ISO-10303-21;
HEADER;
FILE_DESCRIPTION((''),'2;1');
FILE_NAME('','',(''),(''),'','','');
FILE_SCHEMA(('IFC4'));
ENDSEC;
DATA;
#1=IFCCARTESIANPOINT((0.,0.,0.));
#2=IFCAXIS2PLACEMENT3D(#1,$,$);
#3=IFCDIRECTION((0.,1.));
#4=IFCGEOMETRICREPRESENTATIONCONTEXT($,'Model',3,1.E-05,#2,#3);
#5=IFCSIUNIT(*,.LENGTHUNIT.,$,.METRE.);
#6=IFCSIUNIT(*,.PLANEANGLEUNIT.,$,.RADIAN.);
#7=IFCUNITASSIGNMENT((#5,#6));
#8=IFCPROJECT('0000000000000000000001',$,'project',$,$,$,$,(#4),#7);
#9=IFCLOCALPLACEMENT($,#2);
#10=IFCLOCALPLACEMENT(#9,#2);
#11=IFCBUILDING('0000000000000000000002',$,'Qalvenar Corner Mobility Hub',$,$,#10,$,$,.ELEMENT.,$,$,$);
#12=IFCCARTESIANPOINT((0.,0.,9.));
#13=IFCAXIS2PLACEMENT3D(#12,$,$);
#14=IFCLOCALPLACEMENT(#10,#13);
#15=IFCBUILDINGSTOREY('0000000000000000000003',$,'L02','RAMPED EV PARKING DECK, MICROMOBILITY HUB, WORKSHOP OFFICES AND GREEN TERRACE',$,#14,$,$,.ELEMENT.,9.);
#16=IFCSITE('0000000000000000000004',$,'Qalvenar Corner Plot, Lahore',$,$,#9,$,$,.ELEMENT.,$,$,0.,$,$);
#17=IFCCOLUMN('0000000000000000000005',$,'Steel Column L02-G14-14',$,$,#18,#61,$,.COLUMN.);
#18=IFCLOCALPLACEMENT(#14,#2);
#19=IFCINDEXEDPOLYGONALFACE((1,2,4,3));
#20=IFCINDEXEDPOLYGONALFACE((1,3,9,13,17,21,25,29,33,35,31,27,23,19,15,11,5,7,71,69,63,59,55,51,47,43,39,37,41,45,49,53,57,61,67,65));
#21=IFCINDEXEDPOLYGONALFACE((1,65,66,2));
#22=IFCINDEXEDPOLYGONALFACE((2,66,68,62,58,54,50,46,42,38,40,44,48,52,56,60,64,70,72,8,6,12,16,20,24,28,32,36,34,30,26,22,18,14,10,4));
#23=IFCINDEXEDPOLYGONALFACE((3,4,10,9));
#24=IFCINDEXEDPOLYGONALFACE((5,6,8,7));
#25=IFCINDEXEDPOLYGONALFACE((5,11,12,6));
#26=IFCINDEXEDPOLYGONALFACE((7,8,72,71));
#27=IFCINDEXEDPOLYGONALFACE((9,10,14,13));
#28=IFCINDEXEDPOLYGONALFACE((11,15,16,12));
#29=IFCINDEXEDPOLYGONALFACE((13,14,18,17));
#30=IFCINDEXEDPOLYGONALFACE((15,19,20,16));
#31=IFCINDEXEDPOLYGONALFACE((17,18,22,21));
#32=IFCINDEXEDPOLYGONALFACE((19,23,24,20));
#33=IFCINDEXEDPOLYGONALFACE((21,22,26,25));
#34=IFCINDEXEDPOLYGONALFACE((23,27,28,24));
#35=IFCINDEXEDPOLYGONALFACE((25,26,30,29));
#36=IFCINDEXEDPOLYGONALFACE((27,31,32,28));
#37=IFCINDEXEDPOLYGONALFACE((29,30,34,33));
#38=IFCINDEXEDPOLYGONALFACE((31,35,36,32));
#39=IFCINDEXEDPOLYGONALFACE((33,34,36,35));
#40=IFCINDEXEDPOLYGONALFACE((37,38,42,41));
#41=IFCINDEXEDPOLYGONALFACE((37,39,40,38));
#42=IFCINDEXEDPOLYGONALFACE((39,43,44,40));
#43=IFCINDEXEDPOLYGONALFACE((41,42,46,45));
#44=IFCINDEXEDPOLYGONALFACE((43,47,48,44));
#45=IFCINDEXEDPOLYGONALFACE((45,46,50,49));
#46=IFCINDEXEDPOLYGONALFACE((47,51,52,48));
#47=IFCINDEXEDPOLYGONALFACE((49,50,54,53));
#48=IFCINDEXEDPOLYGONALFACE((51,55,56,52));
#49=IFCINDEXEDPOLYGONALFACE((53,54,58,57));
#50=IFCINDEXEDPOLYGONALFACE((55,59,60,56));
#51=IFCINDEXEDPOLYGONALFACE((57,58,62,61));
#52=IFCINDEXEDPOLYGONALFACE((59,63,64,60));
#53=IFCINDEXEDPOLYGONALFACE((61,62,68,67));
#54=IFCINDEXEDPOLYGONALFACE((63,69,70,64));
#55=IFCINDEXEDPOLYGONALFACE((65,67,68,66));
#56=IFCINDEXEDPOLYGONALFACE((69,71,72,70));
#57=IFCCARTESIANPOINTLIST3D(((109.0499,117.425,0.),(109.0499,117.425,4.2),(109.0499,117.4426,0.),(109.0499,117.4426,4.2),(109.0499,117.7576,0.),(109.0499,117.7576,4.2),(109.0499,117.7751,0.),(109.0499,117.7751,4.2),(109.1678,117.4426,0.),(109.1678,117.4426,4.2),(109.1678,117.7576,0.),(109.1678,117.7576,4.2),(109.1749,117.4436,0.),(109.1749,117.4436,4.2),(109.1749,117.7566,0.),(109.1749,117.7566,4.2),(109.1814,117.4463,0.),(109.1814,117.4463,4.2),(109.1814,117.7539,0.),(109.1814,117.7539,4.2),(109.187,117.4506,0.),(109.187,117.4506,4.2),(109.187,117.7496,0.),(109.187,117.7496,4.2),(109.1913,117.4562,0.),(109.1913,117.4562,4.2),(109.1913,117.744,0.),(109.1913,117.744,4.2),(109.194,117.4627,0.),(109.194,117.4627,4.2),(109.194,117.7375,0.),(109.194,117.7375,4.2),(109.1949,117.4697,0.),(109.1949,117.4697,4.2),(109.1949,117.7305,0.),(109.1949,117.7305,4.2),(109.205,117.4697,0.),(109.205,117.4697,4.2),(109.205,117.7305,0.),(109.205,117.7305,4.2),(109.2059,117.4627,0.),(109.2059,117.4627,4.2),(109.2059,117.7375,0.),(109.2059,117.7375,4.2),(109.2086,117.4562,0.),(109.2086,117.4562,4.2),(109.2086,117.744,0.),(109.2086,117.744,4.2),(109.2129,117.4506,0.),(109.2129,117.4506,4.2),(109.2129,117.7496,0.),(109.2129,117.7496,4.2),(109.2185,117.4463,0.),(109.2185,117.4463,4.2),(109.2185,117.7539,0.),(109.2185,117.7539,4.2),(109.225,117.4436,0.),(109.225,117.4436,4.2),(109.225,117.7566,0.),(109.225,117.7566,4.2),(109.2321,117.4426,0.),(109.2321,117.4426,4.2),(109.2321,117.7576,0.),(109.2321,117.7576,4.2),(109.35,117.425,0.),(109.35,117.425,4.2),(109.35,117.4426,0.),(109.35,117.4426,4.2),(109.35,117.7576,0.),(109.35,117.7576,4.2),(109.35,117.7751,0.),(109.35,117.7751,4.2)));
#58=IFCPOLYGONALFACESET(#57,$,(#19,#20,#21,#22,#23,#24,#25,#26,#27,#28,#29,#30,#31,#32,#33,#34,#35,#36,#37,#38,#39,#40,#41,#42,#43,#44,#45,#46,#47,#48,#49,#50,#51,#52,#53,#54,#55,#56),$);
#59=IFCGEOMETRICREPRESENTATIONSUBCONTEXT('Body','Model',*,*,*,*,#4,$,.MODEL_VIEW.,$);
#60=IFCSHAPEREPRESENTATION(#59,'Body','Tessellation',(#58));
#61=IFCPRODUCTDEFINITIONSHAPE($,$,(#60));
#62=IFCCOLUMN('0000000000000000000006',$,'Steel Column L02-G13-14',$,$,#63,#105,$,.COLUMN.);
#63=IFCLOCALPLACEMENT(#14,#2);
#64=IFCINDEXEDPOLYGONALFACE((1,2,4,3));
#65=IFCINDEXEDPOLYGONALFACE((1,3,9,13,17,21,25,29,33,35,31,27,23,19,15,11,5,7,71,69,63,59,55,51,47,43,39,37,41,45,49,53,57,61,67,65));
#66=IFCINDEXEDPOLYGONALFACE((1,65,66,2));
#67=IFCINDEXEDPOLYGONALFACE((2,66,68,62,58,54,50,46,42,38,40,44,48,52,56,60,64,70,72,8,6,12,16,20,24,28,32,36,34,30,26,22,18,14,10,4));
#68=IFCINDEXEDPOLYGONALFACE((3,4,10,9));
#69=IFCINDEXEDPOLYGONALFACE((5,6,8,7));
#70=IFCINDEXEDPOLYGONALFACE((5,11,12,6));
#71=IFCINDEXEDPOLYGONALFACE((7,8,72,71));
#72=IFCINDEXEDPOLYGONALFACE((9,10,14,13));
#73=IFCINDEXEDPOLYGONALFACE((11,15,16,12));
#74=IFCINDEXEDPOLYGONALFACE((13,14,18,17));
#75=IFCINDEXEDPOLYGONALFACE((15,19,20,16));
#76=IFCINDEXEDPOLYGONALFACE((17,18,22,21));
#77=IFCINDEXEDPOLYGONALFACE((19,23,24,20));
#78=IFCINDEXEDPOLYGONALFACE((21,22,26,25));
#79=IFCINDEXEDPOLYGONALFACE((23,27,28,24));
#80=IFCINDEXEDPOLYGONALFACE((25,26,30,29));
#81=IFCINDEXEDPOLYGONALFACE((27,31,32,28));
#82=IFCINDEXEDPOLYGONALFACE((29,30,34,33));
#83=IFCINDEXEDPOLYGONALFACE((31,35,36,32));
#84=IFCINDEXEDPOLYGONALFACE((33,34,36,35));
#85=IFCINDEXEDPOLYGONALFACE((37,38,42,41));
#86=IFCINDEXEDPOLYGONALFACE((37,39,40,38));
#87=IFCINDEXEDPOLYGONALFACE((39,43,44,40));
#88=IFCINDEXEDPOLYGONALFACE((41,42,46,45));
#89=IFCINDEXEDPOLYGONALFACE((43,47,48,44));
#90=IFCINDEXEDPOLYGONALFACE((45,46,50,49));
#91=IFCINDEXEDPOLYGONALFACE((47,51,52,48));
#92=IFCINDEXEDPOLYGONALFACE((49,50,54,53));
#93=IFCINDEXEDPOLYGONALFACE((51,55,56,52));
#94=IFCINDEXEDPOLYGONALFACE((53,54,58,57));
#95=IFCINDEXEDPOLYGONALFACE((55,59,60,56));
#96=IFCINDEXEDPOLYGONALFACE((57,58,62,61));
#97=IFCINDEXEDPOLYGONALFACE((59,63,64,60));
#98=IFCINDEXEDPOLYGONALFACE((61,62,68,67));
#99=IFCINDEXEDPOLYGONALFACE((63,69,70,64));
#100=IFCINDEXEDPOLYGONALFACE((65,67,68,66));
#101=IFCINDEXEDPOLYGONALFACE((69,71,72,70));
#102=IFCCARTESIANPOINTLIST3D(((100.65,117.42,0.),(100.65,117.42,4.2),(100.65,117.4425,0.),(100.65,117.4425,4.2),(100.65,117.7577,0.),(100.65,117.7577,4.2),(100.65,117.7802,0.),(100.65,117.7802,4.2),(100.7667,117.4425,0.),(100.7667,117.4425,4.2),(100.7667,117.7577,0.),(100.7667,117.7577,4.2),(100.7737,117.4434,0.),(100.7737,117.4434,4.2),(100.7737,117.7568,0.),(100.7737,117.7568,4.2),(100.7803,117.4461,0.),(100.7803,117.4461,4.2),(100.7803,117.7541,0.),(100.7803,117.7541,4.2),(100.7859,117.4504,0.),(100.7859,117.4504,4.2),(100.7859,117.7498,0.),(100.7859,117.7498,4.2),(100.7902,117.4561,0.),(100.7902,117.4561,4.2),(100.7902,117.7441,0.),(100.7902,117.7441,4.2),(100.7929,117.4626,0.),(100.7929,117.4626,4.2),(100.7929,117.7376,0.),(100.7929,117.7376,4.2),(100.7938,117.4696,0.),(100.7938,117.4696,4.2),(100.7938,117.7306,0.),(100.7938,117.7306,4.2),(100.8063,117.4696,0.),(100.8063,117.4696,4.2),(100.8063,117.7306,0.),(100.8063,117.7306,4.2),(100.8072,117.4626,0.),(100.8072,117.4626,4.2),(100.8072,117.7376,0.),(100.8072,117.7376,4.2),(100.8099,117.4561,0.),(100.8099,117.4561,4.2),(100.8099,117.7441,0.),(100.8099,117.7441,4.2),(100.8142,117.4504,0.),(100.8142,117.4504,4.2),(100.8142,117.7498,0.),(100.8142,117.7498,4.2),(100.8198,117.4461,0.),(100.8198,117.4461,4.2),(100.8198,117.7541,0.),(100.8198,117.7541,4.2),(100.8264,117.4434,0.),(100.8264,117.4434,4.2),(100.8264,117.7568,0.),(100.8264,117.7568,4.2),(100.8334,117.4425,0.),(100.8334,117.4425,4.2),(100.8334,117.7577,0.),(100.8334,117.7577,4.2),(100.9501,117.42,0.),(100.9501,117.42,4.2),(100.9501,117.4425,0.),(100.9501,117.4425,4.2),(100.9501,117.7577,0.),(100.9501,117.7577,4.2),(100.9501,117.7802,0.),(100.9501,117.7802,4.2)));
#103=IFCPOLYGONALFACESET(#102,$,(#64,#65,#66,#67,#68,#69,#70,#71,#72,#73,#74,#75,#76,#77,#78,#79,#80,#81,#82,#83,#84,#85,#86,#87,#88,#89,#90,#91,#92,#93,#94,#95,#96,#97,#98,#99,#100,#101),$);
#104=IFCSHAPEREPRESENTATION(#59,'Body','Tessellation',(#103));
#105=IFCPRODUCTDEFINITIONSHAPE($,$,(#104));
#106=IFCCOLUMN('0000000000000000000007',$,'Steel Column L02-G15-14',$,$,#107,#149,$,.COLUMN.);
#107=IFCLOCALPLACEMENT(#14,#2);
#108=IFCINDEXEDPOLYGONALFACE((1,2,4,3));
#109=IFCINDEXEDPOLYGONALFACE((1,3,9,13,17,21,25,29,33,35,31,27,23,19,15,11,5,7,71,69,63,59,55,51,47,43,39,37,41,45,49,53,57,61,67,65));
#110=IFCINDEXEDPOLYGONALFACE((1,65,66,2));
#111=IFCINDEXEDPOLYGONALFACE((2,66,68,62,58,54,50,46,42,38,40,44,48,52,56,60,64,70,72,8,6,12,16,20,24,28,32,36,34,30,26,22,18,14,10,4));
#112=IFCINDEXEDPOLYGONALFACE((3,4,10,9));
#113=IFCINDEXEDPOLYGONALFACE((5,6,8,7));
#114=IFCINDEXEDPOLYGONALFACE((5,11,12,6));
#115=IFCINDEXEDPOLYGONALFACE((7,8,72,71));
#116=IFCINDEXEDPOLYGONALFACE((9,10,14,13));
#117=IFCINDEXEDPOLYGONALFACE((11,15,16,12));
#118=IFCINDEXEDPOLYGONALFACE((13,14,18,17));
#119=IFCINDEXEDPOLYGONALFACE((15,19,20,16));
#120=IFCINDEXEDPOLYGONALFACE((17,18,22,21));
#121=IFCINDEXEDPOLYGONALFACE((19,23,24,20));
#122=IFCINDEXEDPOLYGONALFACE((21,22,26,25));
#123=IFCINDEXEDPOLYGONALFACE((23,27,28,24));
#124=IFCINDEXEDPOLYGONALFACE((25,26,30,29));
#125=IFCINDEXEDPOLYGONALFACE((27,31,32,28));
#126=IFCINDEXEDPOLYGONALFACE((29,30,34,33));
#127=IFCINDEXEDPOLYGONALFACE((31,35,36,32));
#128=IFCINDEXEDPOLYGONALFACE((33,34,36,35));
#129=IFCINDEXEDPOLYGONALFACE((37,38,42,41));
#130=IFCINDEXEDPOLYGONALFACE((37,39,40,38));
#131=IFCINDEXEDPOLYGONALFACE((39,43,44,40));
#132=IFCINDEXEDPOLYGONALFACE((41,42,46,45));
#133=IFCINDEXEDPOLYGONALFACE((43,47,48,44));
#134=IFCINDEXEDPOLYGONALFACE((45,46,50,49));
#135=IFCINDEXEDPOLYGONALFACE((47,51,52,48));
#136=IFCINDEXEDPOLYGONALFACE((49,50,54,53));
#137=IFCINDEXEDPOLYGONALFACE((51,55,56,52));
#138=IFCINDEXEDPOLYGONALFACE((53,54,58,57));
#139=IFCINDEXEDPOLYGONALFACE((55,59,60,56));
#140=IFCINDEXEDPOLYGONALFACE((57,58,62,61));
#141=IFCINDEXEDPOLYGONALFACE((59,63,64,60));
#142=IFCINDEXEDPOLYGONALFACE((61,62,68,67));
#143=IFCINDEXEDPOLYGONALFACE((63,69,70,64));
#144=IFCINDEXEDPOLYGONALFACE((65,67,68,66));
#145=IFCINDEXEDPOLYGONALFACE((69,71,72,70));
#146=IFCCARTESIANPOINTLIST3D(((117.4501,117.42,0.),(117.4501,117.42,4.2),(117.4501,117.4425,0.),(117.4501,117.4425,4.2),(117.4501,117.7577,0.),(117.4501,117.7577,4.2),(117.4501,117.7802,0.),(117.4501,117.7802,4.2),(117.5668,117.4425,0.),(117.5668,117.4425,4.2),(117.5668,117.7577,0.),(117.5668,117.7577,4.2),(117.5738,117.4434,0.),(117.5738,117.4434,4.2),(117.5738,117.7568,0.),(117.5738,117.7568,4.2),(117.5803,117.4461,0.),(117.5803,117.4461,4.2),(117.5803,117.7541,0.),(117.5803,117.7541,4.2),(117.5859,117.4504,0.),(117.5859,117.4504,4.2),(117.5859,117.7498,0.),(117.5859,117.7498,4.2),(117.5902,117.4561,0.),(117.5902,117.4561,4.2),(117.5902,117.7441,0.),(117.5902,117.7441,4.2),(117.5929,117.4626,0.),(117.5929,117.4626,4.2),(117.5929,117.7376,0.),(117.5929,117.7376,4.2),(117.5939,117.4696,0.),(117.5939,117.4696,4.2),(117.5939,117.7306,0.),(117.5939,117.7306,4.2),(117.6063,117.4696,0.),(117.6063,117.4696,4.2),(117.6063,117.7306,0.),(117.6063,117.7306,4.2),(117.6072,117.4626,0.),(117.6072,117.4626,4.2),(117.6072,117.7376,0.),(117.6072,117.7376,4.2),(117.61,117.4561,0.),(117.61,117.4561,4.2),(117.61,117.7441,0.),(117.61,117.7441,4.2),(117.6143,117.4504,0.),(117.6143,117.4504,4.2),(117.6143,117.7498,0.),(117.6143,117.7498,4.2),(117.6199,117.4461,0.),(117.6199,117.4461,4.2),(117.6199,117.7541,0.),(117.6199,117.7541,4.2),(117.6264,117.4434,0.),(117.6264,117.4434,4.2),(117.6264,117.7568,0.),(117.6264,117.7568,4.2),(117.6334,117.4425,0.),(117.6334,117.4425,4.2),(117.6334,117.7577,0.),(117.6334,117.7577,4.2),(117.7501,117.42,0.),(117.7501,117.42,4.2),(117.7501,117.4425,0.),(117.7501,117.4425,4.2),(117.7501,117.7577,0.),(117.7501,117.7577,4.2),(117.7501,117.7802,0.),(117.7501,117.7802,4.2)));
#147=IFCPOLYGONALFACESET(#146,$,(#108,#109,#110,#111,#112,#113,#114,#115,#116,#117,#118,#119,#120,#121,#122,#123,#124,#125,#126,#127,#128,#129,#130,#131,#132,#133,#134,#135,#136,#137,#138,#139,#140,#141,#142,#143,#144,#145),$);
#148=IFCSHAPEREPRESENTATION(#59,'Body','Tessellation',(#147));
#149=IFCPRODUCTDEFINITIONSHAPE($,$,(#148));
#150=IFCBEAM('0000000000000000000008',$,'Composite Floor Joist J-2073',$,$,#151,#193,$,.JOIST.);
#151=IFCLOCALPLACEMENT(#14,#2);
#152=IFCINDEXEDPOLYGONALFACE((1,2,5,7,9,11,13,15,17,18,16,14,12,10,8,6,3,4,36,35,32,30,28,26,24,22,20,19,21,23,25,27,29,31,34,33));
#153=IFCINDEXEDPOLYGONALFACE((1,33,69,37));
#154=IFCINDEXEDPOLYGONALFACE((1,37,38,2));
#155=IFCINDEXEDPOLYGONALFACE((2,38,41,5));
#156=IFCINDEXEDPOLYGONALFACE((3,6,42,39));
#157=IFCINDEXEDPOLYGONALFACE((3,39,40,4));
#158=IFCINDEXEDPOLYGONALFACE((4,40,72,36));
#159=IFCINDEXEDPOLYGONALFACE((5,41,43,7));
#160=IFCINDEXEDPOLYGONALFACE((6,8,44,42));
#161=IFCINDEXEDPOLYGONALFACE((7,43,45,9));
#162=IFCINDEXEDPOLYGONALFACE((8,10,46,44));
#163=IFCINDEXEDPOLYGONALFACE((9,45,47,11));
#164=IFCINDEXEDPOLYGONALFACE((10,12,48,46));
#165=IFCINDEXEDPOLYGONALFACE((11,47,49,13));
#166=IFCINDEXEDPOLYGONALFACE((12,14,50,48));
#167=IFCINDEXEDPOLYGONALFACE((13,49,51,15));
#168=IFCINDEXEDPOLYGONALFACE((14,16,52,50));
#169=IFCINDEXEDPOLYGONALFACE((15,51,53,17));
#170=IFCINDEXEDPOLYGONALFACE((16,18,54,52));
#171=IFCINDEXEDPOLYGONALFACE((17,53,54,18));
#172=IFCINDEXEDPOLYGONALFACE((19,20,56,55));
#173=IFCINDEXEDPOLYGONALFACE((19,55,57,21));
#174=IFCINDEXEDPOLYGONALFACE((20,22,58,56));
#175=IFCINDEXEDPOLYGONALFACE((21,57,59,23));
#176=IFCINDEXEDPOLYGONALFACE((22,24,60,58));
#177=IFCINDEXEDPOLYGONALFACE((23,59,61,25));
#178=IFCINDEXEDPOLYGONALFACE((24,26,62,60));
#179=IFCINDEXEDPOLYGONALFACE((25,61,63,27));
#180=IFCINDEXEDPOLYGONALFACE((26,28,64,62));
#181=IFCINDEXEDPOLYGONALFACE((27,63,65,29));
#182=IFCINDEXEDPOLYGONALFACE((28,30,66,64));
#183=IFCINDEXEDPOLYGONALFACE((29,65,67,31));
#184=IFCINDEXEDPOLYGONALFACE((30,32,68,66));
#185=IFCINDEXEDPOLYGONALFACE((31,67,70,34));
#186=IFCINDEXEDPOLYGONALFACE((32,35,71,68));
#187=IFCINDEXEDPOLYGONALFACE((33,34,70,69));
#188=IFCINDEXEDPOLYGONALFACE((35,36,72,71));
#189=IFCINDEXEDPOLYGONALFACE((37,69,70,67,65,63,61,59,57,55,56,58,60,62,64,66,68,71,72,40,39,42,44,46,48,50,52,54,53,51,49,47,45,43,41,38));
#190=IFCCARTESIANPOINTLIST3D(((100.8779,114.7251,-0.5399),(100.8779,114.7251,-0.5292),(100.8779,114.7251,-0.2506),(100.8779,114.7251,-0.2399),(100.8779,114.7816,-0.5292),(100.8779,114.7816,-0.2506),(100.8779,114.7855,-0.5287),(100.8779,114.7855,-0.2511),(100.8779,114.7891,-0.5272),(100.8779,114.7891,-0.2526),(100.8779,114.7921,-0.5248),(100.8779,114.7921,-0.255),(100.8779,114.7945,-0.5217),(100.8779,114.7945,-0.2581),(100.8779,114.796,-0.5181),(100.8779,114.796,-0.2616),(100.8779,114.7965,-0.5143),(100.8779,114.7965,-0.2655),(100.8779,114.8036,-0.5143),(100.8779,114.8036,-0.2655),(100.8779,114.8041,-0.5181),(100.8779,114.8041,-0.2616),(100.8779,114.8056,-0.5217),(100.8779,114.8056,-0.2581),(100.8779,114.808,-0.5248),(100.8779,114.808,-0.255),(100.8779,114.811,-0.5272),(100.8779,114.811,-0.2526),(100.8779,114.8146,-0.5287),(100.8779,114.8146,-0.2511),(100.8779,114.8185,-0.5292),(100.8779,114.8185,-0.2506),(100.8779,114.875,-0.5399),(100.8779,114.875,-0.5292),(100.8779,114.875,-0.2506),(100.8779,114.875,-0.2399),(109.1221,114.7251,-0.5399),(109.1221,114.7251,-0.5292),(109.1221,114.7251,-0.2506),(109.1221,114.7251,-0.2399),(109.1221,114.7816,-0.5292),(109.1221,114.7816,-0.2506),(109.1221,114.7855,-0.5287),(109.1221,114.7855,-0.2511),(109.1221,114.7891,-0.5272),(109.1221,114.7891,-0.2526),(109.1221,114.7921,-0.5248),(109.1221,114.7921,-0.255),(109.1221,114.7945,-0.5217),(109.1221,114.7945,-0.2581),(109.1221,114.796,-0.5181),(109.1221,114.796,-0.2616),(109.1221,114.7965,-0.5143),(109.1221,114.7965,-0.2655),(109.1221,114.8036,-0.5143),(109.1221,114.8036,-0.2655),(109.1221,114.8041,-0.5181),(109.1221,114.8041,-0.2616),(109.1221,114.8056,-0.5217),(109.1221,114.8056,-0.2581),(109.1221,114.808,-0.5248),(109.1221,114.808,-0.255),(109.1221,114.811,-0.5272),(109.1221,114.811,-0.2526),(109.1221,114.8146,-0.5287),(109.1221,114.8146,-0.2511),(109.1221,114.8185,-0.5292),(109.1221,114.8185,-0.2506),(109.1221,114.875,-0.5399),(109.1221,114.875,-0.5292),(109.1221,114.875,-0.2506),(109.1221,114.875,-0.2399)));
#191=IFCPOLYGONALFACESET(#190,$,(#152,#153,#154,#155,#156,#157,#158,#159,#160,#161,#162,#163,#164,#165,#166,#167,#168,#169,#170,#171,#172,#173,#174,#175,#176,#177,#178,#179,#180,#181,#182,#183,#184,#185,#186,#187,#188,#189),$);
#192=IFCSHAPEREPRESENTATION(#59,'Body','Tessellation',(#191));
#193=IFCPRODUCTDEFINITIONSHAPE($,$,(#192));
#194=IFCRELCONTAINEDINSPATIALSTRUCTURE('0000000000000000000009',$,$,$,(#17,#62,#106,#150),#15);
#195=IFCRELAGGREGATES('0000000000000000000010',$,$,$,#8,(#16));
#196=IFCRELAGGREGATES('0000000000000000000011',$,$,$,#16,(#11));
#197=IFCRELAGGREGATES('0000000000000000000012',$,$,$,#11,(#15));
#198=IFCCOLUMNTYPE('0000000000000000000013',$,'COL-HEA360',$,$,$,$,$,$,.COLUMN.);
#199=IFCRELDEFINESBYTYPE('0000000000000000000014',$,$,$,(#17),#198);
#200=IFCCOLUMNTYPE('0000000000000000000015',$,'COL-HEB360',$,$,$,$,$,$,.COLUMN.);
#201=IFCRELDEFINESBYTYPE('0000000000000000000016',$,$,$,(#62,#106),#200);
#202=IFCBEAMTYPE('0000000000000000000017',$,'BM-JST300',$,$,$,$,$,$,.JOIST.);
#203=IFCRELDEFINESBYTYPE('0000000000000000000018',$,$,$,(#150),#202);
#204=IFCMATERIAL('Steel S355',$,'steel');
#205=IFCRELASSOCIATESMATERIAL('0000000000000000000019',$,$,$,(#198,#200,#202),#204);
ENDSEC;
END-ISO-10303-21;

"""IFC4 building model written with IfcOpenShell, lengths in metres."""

from ifc_helpers import new_model, si_unit, direction, frame, origin, origin_2d, place, context, subcontext, project, spatial, i_section, extrude, material, material_profile, profile_set, type_object, element, save


model = new_model("IFC4")

# Units and contexts
model_context = context("Model", 3, precision=1e-05, world=origin(), true_north=direction((0.0, 1.0)))
body_context = subcontext(model_context, "Body", "Model", "MODEL_VIEW")
ifc_project = project(units=[si_unit("LENGTHUNIT", "METRE"), si_unit("PLANEANGLEUNIT", "RADIAN")], contexts=[model_context])

# Site, building, storey
site_placement = place(None, origin())
site = spatial("IfcSite", under=ifc_project, at=site_placement, Name="Qalvenar Corner Plot, Lahore", CompositionType="ELEMENT", RefElevation=0.0)
building_placement = place(site_placement, origin())
building = spatial("IfcBuilding", under=site, at=building_placement, Name="Qalvenar Corner Mobility Hub", CompositionType="ELEMENT")
storey_placement = place(building_placement, frame((0.0, 0.0, 9.0)))
storey = spatial("IfcBuildingStorey", under=building, at=storey_placement, Name="L02", Description="RAMPED EV PARKING DECK, MICROMOBILITY HUB, WORKSHOP OFFICES AND GREEN TERRACE", CompositionType="ELEMENT", Elevation=9.0)

# Columns
ifc_material = material(Name="Steel S355", Category="steel")
ifc_material_profile_1 = material_profile(ifc_material, i_section(OverallWidth=0.3, OverallDepth=0.3501, WebThickness=0.01, FlangeThickness=0.0176, FilletRadius=0.0271, at=origin_2d()), Name="HEA360")
ifc_profile_set_1 = profile_set([ifc_material_profile_1], Name="Steel S355")
column_type_1 = type_object("IfcColumnType", Name="COL-HEA360", PredefinedType="COLUMN", material=ifc_profile_set_1)
column_placement = place(storey_placement, frame((109.2, 117.6001, 0.0), z_axis=(0.0, 0.0, 1.0), x_axis=(1.0, 0.0, 0.0)))
element("IfcColumn", 1, at=column_placement, inside=storey, type_object=column_type_1, Name="Steel Column L02-G14-14", PredefinedType="COLUMN", context=body_context, shape_type="SweptSolid", body=[
    extrude(i_section(OverallWidth=0.3, OverallDepth=0.3501, WebThickness=0.01, FlangeThickness=0.0176, FilletRadius=0.0271, at=origin_2d()), origin(), (0.0, 0.0, 1.0), 4.2),
])
ifc_material_profile_2 = material_profile(ifc_material, i_section(OverallWidth=0.3, OverallDepth=0.3601, WebThickness=0.0125, FlangeThickness=0.0225, FilletRadius=0.0271, at=origin_2d()), Name="HEB360")
ifc_profile_set_2 = profile_set([ifc_material_profile_2], Name="Steel S355")
column_type_2 = type_object("IfcColumnType", Name="COL-HEB360", PredefinedType="COLUMN", material=ifc_profile_set_2)
for number, where, z_axis, x_axis, name in (
    (2, (100.8, 117.6001, 0.0), (0.0, 0.0, 1.0), (1.0, 0.0, 0.0), "Steel Column L02-G13-14"),
    (3, (117.6001, 117.6001, 0.0), (0.0, 0.0, 1.0), (1.0, 0.0, 0.0), "Steel Column L02-G15-14"),
):
    element("IfcColumn", number, at=place(storey_placement, frame(where, z_axis=z_axis, x_axis=x_axis)), inside=storey, type_object=column_type_2, Name=name, PredefinedType="COLUMN", context=body_context, shape_type="SweptSolid", body=[
        extrude(i_section(OverallWidth=0.3, OverallDepth=0.3601, WebThickness=0.0125, FlangeThickness=0.0225, FilletRadius=0.0271, at=origin_2d()), origin(), (0.0, 0.0, 1.0), 4.2),
    ])

# Beam
ifc_material_profile_3 = material_profile(ifc_material, i_section(OverallWidth=0.1499, OverallDepth=0.3, WebThickness=0.0071, FlangeThickness=0.0107, FilletRadius=0.0149, at=origin_2d()), Name="IPE300")
ifc_profile_set_3 = profile_set([ifc_material_profile_3], Name="Steel S355")
beam_type_1 = type_object("IfcBeamType", Name="BM-JST300", PredefinedType="JOIST", material=ifc_profile_set_3)
beam_1_placement = place(storey_placement, frame((100.8779, 114.8, -0.3899), z_axis=(1.0, 0.0, 0.0), x_axis=(0.0, 1.0, 0.0)))
element("IfcBeam", 4, at=beam_1_placement, inside=storey, type_object=beam_type_1, Name="Composite Floor Joist J-2073", PredefinedType="JOIST", context=body_context, shape_type="SweptSolid", body=[
    extrude(i_section(OverallWidth=0.1499, OverallDepth=0.3, WebThickness=0.0071, FlangeThickness=0.0107, FilletRadius=0.0149, at=origin_2d()), origin(), (0.0, 0.0, 1.0), 8.2441),
])

save(model, "model.ifc")
